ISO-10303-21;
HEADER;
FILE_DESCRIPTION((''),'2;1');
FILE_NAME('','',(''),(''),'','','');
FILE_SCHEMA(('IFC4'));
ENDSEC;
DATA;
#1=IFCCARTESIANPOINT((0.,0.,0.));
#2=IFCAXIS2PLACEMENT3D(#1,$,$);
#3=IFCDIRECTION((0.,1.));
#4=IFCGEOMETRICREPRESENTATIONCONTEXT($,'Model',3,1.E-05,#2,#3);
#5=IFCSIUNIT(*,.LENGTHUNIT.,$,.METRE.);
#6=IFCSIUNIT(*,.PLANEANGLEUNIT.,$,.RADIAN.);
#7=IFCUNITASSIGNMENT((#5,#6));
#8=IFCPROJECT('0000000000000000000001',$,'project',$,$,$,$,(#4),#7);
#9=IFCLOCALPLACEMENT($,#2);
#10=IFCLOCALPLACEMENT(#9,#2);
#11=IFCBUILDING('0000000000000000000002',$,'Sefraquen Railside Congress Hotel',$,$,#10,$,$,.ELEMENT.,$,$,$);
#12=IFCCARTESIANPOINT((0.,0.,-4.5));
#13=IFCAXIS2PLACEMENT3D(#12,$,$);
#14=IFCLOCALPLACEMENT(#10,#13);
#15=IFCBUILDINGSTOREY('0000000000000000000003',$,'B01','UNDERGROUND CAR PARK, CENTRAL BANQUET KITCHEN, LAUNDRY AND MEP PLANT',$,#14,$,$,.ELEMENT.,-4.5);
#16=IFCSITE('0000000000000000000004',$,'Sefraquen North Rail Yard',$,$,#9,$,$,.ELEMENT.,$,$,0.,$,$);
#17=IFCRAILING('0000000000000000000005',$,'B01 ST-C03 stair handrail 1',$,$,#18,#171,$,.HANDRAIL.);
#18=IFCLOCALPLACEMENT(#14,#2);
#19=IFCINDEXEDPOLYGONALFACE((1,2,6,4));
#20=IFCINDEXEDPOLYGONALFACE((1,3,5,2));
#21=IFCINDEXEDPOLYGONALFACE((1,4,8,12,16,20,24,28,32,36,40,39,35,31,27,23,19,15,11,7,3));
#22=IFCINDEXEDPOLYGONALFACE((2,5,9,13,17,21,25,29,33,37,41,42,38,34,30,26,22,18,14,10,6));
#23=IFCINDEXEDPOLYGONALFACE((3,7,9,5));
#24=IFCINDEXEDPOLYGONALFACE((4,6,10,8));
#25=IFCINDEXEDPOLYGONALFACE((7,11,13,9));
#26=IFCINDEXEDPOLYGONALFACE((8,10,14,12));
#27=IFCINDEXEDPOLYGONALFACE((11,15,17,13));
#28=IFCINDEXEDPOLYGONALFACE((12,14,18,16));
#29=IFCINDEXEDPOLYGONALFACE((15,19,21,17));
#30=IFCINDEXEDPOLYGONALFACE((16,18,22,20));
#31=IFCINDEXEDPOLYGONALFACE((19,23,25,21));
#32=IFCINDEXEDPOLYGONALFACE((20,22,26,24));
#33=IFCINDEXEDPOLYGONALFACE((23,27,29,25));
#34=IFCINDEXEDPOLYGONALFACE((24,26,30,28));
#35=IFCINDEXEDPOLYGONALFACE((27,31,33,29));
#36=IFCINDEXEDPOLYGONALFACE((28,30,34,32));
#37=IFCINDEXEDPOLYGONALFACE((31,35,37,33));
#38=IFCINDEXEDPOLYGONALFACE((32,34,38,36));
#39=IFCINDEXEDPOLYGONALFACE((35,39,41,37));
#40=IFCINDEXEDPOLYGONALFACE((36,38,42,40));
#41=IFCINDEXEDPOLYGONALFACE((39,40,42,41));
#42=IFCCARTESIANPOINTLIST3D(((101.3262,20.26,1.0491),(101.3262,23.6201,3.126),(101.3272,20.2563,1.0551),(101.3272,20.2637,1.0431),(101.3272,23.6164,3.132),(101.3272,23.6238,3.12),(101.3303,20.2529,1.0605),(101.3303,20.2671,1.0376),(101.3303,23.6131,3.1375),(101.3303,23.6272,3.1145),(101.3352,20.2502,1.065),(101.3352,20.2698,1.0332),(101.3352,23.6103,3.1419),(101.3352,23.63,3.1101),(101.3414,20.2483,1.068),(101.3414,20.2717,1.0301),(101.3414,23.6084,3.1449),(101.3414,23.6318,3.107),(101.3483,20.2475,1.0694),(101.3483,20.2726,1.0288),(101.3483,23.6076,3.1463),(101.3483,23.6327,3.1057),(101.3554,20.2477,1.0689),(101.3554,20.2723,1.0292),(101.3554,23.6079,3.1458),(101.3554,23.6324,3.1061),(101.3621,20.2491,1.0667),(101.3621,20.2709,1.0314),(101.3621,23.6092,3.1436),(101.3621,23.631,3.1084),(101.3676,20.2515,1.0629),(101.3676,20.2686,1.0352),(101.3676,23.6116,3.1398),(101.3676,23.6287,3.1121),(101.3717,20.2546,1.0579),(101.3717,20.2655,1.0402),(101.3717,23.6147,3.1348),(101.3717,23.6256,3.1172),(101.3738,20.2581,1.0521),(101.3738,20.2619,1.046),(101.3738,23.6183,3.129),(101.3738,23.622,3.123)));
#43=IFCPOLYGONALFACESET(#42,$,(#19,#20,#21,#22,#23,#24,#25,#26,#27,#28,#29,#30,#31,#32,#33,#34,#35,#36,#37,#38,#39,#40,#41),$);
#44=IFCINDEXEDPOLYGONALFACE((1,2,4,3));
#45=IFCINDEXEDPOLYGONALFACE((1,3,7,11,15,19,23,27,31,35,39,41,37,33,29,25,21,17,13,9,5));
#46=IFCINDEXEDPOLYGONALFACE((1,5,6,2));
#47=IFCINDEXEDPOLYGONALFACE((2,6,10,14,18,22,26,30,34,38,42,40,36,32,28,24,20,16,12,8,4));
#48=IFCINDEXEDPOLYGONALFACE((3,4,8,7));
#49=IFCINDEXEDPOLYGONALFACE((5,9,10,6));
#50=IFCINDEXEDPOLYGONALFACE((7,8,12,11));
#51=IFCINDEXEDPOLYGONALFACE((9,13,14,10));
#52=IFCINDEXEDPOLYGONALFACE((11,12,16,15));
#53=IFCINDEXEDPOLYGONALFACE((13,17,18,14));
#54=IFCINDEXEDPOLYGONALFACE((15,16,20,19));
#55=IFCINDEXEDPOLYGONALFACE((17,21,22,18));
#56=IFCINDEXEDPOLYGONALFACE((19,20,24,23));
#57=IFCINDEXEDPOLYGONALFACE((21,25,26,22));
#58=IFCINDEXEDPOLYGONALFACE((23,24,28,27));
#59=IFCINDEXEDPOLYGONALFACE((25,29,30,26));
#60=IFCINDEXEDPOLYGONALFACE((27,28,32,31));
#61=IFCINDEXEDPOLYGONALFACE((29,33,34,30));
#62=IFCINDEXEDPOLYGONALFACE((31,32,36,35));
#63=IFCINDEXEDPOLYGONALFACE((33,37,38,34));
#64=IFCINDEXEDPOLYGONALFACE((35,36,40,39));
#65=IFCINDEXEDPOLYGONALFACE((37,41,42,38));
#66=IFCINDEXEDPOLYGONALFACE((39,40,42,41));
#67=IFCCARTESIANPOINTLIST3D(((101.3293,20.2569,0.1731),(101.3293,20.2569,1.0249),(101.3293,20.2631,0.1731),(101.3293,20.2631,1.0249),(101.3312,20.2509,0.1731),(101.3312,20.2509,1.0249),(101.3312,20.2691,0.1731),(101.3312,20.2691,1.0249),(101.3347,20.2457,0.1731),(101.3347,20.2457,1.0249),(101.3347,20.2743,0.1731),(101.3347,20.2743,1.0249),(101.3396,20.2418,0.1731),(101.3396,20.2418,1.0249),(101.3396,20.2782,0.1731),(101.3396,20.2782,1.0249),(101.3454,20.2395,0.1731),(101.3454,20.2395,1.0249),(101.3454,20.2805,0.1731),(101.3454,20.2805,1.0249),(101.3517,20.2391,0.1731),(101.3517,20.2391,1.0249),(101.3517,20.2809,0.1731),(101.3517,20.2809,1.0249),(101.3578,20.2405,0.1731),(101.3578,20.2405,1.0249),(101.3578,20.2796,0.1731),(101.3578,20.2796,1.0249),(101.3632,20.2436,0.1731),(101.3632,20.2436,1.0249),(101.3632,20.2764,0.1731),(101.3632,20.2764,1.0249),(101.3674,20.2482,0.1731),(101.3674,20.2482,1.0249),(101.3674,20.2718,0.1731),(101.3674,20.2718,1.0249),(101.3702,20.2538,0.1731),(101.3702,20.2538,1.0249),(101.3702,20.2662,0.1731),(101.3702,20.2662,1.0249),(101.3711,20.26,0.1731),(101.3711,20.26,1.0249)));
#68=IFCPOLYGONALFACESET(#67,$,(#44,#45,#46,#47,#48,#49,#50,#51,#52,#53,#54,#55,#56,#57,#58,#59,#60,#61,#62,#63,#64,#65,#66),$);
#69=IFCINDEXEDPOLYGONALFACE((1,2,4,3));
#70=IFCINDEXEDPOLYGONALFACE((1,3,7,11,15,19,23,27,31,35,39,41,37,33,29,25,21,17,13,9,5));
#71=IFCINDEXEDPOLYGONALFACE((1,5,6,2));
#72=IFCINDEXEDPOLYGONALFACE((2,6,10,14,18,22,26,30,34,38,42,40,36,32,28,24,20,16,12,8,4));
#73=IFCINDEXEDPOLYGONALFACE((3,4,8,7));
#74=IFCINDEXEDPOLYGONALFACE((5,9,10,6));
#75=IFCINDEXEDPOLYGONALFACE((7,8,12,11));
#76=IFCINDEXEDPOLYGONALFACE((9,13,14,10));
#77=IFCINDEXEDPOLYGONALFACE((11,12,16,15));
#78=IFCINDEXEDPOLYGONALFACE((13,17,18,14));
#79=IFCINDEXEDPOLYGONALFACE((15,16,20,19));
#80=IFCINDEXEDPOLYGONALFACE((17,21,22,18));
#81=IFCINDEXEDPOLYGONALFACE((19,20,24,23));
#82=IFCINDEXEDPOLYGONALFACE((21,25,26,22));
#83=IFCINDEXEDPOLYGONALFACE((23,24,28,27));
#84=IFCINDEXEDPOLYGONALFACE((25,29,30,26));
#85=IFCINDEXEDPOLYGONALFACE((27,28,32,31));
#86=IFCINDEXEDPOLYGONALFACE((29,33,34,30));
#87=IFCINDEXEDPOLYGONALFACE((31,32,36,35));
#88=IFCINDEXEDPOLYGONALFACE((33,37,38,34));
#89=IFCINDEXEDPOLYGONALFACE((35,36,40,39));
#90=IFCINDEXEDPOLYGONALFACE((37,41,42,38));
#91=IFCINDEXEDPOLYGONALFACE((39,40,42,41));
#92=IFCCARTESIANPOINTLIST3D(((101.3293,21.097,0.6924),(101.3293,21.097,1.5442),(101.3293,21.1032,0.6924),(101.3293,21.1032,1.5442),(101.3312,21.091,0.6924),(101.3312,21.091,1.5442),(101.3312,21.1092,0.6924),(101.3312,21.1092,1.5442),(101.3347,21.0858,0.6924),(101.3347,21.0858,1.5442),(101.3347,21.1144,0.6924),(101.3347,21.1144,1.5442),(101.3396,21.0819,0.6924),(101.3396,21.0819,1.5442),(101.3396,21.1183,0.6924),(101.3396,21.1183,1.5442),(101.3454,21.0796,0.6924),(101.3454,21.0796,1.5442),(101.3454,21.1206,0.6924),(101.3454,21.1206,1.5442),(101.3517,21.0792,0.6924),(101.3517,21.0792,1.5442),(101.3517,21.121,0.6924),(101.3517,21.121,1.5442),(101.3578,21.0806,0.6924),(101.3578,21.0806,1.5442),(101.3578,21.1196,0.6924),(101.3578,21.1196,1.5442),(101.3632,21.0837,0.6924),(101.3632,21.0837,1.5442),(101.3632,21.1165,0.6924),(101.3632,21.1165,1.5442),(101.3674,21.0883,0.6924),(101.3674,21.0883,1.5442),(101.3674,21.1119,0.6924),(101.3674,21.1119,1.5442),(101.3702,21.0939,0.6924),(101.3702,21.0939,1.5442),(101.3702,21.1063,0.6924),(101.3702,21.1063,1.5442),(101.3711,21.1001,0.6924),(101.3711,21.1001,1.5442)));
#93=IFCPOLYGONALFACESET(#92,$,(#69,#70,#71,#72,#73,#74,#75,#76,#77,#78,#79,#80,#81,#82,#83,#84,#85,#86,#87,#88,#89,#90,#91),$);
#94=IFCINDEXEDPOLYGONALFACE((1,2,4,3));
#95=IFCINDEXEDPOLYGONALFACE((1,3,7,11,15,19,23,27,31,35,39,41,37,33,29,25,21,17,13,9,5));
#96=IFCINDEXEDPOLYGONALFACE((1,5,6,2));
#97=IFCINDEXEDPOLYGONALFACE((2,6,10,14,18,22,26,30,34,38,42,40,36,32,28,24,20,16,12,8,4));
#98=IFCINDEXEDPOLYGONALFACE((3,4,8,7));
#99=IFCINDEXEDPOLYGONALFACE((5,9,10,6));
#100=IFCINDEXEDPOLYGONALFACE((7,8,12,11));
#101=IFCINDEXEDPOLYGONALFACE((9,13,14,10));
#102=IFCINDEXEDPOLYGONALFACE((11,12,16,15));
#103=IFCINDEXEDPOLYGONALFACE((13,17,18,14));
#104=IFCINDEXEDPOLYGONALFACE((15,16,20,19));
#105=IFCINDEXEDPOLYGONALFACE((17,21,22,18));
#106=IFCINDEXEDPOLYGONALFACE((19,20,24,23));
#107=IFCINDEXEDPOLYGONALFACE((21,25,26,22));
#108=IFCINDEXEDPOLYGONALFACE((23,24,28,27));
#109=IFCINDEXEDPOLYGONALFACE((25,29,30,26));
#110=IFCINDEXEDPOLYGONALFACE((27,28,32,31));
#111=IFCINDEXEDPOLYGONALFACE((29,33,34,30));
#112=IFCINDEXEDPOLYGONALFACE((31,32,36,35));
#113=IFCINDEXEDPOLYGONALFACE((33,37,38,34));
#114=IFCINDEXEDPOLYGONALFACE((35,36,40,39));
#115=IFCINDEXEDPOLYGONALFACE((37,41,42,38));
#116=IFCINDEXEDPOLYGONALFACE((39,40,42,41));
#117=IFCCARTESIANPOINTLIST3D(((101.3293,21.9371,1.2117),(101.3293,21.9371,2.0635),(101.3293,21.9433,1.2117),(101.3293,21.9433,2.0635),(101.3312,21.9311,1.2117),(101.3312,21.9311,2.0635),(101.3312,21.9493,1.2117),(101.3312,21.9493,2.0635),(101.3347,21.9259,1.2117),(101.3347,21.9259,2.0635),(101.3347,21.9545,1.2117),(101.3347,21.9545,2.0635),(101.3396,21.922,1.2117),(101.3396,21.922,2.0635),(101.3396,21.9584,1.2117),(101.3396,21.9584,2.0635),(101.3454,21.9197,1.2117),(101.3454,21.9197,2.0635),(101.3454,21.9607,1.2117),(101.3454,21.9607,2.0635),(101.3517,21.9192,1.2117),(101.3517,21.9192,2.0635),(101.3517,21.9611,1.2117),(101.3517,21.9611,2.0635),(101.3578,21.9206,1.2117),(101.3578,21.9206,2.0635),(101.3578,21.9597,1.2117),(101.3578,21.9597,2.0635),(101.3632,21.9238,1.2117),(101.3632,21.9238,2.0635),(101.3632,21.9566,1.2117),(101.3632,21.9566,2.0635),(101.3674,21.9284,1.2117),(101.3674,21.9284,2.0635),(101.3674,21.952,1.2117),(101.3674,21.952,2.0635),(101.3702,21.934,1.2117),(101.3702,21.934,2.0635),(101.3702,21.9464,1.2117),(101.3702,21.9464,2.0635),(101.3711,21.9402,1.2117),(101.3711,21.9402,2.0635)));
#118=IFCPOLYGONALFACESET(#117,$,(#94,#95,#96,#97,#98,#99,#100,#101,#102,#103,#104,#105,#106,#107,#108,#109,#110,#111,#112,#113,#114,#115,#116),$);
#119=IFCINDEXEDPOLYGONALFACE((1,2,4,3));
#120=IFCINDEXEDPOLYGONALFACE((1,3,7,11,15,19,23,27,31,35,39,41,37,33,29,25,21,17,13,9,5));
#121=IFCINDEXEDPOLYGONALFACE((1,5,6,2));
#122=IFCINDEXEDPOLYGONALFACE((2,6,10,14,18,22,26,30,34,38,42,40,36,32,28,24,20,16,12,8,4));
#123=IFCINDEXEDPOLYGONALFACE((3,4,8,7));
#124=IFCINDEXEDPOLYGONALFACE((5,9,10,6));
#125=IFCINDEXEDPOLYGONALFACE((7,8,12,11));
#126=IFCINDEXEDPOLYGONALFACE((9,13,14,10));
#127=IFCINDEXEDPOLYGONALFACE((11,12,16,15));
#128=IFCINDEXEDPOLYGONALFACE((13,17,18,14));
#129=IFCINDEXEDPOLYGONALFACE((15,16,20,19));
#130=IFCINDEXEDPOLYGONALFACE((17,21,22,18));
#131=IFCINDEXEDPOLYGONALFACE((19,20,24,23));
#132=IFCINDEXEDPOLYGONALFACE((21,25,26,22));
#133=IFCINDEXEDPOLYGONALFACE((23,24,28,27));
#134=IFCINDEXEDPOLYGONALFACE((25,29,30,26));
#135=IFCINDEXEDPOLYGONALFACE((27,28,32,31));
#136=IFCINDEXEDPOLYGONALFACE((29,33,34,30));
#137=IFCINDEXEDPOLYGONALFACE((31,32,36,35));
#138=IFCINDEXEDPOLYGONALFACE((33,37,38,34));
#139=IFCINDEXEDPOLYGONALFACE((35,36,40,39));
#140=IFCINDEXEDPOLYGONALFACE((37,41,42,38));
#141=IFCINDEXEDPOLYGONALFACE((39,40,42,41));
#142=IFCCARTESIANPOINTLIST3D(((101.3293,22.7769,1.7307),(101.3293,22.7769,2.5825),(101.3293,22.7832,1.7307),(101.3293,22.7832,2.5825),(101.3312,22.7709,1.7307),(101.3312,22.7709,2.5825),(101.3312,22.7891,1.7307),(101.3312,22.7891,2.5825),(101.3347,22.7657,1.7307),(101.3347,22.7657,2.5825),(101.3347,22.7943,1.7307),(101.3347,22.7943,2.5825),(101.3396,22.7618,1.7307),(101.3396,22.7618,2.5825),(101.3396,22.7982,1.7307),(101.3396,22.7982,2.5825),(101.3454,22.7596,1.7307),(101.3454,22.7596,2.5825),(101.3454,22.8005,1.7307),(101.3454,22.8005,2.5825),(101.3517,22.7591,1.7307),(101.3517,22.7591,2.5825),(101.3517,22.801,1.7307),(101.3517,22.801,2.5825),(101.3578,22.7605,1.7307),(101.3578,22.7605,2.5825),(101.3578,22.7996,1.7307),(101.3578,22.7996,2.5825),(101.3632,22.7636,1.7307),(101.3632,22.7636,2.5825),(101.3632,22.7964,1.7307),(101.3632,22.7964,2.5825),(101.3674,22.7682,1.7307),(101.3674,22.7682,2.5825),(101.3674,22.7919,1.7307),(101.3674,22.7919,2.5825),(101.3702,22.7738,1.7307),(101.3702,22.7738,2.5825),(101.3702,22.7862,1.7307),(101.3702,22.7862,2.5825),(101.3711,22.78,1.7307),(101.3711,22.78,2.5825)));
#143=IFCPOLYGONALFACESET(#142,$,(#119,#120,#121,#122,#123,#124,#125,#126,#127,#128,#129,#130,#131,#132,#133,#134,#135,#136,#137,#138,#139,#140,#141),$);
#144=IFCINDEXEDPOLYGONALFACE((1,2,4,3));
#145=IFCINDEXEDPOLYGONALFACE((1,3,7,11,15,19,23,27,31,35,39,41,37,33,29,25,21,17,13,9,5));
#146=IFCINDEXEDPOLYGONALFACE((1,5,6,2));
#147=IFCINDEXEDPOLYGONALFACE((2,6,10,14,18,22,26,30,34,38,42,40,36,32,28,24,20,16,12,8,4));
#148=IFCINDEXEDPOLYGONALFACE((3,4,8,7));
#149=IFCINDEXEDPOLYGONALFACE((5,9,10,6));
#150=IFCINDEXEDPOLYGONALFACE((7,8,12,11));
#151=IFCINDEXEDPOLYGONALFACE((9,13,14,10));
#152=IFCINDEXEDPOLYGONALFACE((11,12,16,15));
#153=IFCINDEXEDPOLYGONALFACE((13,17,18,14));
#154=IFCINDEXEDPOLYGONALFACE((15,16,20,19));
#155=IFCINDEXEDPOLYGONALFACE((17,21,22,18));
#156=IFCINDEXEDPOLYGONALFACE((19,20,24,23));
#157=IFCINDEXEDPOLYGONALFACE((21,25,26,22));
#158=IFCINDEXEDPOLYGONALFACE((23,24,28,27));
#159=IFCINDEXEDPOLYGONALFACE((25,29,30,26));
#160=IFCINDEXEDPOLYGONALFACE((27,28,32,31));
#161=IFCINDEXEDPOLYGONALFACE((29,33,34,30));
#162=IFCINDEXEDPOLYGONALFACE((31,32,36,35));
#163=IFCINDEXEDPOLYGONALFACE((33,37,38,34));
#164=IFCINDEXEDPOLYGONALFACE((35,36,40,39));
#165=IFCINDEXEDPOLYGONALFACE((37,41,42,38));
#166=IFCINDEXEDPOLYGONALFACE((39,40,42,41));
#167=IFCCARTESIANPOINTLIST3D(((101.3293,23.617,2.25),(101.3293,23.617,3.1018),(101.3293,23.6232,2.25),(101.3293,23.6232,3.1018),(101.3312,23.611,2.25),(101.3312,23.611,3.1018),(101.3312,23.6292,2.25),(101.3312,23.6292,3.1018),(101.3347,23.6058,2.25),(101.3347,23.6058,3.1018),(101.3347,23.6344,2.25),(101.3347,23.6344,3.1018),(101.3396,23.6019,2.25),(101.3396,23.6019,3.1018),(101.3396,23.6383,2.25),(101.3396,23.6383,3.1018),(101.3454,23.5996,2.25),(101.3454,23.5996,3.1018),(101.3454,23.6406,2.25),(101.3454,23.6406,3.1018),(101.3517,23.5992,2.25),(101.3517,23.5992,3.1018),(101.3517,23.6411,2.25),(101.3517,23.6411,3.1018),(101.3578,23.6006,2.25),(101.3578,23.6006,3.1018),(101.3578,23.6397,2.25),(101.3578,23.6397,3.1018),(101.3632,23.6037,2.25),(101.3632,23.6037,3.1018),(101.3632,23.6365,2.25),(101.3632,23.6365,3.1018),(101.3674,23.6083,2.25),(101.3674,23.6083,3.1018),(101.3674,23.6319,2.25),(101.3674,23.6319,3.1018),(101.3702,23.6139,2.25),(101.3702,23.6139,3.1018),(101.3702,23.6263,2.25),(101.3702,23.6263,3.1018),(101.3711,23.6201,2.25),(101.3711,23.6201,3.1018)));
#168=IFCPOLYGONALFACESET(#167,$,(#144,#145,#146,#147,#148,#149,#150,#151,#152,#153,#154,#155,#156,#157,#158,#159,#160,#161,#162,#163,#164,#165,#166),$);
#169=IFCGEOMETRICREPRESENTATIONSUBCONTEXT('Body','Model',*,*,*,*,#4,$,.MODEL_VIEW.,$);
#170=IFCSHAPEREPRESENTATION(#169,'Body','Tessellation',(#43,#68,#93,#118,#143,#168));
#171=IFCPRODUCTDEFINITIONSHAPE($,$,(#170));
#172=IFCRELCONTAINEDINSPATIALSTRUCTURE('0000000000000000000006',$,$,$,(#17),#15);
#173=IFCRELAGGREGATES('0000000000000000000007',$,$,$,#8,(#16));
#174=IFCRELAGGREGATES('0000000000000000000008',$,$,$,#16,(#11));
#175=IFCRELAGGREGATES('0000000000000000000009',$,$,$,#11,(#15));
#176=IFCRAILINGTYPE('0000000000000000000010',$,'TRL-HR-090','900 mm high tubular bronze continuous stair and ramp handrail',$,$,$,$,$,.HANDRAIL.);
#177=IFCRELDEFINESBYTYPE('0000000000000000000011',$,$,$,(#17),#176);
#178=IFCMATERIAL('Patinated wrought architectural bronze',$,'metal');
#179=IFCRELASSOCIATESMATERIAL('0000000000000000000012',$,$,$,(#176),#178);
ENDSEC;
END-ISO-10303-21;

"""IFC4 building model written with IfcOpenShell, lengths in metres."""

from ifc_helpers import new_model, si_unit, direction, frame, origin, origin_2d, place, context, subcontext, project, spatial, circle, extrude, material, type_object, element, save


model = new_model("IFC4")

# Units and contexts
model_context = context("Model", 3, precision=1e-05, world=origin(), true_north=direction((0.0, 1.0)))
body_context = subcontext(model_context, "Body", "Model", "MODEL_VIEW")
ifc_project = project(units=[si_unit("LENGTHUNIT", "METRE"), si_unit("PLANEANGLEUNIT", "RADIAN")], contexts=[model_context])

# Site, building, storey
site_placement = place(None, origin())
site = spatial("IfcSite", under=ifc_project, at=site_placement, Name="Sefraquen North Rail Yard", CompositionType="ELEMENT", RefElevation=0.0)
building_placement = place(site_placement, origin())
building = spatial("IfcBuilding", under=site, at=building_placement, Name="Sefraquen Railside Congress Hotel", CompositionType="ELEMENT")
storey_placement = place(building_placement, frame((0.0, 0.0, -4.5)))
storey = spatial("IfcBuildingStorey", under=building, at=storey_placement, Name="B01", Description="UNDERGROUND CAR PARK, CENTRAL BANQUET KITCHEN, LAUNDRY AND MEP PLANT", CompositionType="ELEMENT", Elevation=-4.5)

# Railing
ifc_material_1 = material(Name="Patinated wrought architectural bronze", Category="metal")
railing_type_1 = type_object("IfcRailingType", Name="TRL-HR-090", Description="900 mm high tubular bronze continuous stair and ramp handrail", PredefinedType="HANDRAIL", material=ifc_material_1)
railing_1_placement = place(storey_placement, frame((101.3501, 20.26, 0.1731)))
element("IfcRailing", 1, at=railing_1_placement, inside=storey, type_object=railing_type_1, Name="B01 ST-C03 stair handrail 1", PredefinedType="HANDRAIL", context=body_context, shape_type="SweptSolid", body=[
    extrude(circle(Radius=0.0239, at=origin_2d()), frame((0.0, 0.0, 0.876), z_axis=(0.0, 0.850623, 0.525776), x_axis=(-1.0, 0.0, 0.0)), (0.0, 0.0, 1.0), 3.9502),
    extrude(circle(Radius=0.021, at=origin_2d()), origin(), (0.0, 0.0, 1.0), 0.8518),
    extrude(circle(Radius=0.021, at=origin_2d()), frame((0.0, 0.8401, 0.5193)), (0.0, 0.0, 1.0), 0.8518),
    extrude(circle(Radius=0.021, at=origin_2d()), frame((0.0, 1.6802, 1.0386)), (0.0, 0.0, 1.0), 0.8518),
    extrude(circle(Radius=0.021, at=origin_2d()), frame((0.0, 2.52, 1.5576)), (0.0, 0.0, 1.0), 0.8518),
    extrude(circle(Radius=0.021, at=origin_2d()), frame((0.0, 3.3601, 2.0769)), (0.0, 0.0, 1.0), 0.8518),
])

save(model, "model.ifc")
